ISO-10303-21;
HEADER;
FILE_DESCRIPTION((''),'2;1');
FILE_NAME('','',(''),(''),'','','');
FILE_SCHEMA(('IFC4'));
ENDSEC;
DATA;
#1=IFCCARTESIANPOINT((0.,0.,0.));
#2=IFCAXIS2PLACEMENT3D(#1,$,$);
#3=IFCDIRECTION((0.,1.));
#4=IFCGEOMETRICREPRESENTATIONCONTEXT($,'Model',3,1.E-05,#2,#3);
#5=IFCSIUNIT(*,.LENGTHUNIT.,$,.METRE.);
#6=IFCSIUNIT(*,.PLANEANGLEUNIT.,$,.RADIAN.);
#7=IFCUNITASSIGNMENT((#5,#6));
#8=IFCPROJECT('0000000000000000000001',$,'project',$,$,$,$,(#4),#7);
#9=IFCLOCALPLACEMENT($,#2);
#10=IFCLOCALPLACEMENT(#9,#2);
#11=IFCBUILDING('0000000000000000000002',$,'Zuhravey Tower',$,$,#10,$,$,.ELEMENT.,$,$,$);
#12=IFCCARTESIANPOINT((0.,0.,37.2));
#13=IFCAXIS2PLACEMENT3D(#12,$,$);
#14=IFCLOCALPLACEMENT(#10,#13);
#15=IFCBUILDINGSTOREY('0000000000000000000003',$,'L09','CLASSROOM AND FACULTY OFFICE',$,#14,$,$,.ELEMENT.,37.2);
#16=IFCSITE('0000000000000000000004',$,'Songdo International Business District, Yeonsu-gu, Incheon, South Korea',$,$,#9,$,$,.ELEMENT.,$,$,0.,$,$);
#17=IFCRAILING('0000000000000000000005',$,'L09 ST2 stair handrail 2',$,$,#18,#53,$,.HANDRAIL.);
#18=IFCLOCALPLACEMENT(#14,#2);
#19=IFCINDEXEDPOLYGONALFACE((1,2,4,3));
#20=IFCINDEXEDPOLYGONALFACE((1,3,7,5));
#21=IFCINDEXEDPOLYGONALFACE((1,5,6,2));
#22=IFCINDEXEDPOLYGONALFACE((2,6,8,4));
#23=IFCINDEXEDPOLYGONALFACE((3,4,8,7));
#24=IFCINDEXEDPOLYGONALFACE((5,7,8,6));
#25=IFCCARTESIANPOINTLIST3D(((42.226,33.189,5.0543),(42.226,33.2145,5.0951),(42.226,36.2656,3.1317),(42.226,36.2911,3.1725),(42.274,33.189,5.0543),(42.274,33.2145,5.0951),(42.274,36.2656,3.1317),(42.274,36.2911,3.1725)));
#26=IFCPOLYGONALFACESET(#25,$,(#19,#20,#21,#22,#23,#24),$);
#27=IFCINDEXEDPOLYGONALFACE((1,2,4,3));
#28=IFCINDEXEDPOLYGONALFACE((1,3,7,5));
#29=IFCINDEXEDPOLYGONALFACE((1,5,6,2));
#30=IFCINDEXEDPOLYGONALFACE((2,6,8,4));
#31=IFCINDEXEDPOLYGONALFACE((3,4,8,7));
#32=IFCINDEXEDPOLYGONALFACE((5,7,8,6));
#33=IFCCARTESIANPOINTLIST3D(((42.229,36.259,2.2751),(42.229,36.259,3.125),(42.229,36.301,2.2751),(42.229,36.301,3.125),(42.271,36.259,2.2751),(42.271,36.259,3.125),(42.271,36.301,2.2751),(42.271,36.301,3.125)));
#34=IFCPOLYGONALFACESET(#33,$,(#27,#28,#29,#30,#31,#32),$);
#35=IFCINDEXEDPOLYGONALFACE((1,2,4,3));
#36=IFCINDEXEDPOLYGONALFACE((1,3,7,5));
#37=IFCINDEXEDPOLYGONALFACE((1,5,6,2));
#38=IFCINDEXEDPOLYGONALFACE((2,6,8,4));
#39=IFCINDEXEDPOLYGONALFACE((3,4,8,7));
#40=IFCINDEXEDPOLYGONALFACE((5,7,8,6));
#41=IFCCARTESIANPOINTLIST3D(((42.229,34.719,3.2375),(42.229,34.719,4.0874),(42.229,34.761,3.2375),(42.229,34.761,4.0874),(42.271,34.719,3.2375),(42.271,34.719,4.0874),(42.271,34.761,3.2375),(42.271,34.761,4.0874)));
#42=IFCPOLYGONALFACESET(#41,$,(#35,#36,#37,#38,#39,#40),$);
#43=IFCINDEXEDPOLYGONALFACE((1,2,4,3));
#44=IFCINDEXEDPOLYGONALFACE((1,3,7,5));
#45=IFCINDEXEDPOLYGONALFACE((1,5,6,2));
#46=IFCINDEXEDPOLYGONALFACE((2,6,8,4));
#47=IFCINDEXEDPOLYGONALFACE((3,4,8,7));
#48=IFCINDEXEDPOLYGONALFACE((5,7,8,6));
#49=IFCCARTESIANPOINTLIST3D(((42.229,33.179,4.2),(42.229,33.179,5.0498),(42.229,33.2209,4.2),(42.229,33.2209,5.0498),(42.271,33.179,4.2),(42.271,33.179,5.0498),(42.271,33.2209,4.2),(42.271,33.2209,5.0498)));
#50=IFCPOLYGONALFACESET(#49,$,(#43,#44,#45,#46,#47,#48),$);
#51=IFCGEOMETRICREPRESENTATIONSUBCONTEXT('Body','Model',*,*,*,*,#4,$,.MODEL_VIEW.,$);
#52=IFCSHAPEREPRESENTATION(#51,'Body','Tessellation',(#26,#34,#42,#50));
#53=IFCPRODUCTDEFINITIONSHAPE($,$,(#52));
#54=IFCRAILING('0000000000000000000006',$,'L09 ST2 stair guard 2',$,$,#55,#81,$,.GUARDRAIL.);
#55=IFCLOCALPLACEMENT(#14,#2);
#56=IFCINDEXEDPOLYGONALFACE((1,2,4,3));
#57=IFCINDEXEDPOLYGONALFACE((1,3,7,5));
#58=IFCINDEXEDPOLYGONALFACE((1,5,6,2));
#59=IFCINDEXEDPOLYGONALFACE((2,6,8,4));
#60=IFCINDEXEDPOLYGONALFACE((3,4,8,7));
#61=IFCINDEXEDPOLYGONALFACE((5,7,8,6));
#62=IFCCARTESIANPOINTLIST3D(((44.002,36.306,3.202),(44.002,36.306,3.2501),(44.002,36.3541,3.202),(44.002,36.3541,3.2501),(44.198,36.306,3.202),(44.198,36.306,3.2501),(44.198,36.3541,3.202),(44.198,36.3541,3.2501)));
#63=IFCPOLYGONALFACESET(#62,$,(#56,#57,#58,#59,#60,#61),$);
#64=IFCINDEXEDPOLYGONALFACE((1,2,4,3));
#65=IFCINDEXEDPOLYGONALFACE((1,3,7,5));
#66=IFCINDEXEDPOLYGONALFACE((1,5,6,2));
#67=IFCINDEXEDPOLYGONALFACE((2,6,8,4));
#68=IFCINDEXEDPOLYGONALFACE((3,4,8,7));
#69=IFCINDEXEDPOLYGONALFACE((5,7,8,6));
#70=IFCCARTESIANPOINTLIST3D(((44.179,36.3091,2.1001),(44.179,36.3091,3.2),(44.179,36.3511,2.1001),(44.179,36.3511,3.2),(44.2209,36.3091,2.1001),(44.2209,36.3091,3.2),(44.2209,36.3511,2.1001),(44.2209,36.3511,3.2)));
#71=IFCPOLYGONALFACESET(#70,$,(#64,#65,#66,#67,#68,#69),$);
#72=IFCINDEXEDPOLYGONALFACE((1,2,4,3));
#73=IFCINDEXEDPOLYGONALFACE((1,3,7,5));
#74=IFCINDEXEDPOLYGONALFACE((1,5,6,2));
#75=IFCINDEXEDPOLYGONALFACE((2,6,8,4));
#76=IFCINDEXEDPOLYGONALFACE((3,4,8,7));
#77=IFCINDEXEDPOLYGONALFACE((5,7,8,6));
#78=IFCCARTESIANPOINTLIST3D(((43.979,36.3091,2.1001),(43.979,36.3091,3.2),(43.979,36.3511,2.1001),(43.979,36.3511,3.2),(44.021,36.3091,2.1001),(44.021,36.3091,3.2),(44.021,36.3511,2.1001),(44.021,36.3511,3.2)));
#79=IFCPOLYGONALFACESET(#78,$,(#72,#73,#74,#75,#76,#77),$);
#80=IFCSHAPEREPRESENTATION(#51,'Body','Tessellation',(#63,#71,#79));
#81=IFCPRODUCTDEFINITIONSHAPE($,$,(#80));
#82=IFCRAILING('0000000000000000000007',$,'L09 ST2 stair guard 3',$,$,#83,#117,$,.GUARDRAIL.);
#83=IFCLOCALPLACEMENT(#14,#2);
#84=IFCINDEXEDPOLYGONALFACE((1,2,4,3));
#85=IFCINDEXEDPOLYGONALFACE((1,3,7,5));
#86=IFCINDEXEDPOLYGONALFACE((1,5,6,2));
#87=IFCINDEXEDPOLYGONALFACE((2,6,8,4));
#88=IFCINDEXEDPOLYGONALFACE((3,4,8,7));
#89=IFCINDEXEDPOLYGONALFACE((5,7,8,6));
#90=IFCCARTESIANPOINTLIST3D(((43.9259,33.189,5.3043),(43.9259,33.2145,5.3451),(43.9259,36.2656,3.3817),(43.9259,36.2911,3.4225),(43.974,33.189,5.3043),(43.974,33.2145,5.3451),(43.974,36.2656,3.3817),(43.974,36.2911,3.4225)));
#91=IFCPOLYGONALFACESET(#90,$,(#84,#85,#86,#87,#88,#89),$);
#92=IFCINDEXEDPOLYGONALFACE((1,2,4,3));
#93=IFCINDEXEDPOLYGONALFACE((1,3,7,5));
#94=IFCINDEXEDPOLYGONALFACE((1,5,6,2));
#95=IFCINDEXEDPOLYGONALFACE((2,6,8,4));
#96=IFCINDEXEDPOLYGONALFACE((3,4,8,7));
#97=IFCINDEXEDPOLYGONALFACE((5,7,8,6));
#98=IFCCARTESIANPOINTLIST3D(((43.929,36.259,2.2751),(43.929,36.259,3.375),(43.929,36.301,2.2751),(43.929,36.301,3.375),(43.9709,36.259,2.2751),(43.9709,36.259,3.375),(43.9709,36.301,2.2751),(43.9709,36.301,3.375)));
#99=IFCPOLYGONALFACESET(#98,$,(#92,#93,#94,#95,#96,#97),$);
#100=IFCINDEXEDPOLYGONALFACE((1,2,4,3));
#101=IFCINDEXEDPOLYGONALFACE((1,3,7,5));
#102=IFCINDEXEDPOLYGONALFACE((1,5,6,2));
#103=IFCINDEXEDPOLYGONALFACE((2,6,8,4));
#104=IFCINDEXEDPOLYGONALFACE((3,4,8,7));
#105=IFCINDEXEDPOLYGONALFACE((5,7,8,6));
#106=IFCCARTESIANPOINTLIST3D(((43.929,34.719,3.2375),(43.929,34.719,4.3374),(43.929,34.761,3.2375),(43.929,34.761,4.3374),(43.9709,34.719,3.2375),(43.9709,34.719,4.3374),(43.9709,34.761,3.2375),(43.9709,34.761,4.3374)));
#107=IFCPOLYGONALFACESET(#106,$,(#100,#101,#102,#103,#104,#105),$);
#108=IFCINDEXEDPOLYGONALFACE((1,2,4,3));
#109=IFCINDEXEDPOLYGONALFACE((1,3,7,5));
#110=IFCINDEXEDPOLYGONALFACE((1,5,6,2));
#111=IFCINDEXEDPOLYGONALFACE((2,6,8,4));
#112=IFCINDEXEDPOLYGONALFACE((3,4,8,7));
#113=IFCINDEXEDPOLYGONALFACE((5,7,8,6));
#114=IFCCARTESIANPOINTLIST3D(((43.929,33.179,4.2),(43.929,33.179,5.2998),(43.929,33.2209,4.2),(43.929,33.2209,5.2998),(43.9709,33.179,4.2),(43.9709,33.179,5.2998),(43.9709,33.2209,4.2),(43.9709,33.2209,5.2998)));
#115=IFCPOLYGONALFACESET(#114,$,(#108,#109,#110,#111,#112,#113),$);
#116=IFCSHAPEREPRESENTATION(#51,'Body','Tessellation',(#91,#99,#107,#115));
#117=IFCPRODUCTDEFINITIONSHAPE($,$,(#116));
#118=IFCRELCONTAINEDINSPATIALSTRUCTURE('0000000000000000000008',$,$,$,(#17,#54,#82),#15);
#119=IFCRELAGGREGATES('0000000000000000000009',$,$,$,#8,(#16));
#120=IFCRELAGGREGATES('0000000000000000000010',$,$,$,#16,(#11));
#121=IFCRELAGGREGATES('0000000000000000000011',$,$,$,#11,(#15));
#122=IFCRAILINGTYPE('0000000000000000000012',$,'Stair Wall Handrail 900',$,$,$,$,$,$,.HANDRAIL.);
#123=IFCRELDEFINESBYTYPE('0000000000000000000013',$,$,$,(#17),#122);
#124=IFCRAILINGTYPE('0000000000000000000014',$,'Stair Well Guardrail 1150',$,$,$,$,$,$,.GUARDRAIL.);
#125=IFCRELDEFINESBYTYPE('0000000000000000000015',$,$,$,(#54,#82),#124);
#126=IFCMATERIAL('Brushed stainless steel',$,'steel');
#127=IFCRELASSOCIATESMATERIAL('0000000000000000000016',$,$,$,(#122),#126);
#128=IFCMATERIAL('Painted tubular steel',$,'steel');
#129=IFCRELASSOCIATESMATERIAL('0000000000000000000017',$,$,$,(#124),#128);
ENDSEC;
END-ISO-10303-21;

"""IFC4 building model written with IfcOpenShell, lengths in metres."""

from ifc_helpers import new_model, si_unit, direction, frame, origin, origin_2d, place, context, subcontext, project, spatial, rectangle, extrude, material, type_object, element, save


model = new_model("IFC4")

# Units and contexts
model_context = context("Model", 3, precision=1e-05, world=origin(), true_north=direction((0.0, 1.0)))
body_context = subcontext(model_context, "Body", "Model", "MODEL_VIEW")
ifc_project = project(units=[si_unit("LENGTHUNIT", "METRE"), si_unit("PLANEANGLEUNIT", "RADIAN")], contexts=[model_context])

# Site, building, storey
site_placement = place(None, origin())
site = spatial("IfcSite", under=ifc_project, at=site_placement, Name="Songdo International Business District, Yeonsu-gu, Incheon, South Korea", CompositionType="ELEMENT", RefElevation=0.0)
building_placement = place(site_placement, origin())
building = spatial("IfcBuilding", under=site, at=building_placement, Name="Zuhravey Tower", CompositionType="ELEMENT")
storey_placement = place(building_placement, frame((0.0, 0.0, 37.2)))
storey = spatial("IfcBuildingStorey", under=building, at=storey_placement, Name="L09", Description="CLASSROOM AND FACULTY OFFICE", CompositionType="ELEMENT", Elevation=37.2)

# Railings
ifc_material_1 = material(Name="Brushed stainless steel", Category="steel")
railing_type_1 = type_object("IfcRailingType", Name="Stair Wall Handrail 900", PredefinedType="HANDRAIL", material=ifc_material_1)
railing_1_placement = place(storey_placement, frame((42.25, 36.28, 2.2751)))
element("IfcRailing", 1, at=railing_1_placement, inside=storey, type_object=railing_type_1, Name="L09 ST2 stair handrail 2", PredefinedType="HANDRAIL", context=body_context, shape_type="SweptSolid", body=[
    extrude(rectangle(XDim=0.0481, YDim=0.0481, at=origin_2d()), frame((0.0, -0.0017, 0.877), z_axis=(0.0, -0.848029, 0.529951), x_axis=(1.0, 0.0, 0.0)), (0.0, 0.0, 1.0), 3.6279),
    extrude(rectangle(XDim=0.042, YDim=0.042, at=origin_2d()), origin(), (0.0, 0.0, 1.0), 0.8499),
    extrude(rectangle(XDim=0.042, YDim=0.042, at=origin_2d()), frame((0.0, -1.54, 0.9624)), (0.0, 0.0, 1.0), 0.8499),
    extrude(rectangle(XDim=0.042, YDim=0.042, at=origin_2d()), frame((0.0, -3.0801, 1.9248)), (0.0, 0.0, 1.0), 0.8499),
])
ifc_material_2 = material(Name="Painted tubular steel", Category="steel")
railing_type_2 = type_object("IfcRailingType", Name="Stair Well Guardrail 1150", PredefinedType="GUARDRAIL", material=ifc_material_2)
railing_2_placement = place(storey_placement, frame((44.2, 36.3301, 2.1001)))
element("IfcRailing", 2, at=railing_2_placement, inside=storey, type_object=railing_type_2, Name="L09 ST2 stair guard 2", PredefinedType="GUARDRAIL", context=body_context, shape_type="SweptSolid", body=[
    extrude(rectangle(XDim=0.0481, YDim=0.0481, at=origin_2d()), frame((-0.002, 0.0, 1.126), z_axis=(-1.0, 0.0, 0.0), x_axis=(0.0, -1.0, 0.0)), (0.0, 0.0, 1.0), 0.196),
    extrude(rectangle(XDim=0.042, YDim=0.042, at=origin_2d()), origin(), (0.0, 0.0, 1.0), 1.0999),
    extrude(rectangle(XDim=0.042, YDim=0.042, at=origin_2d()), frame((-0.2, 0.0, 0.0)), (0.0, 0.0, 1.0), 1.0999),
])
railing_3_placement = place(storey_placement, frame((43.95, 36.28, 2.2751)))
element("IfcRailing", 3, at=railing_3_placement, inside=storey, type_object=railing_type_2, Name="L09 ST2 stair guard 3", PredefinedType="GUARDRAIL", context=body_context, shape_type="SweptSolid", body=[
    extrude(rectangle(XDim=0.0481, YDim=0.0481, at=origin_2d()), frame((0.0, -0.0017, 1.127), z_axis=(0.0, -0.848029, 0.529951), x_axis=(1.0, 0.0, 0.0)), (0.0, 0.0, 1.0), 3.6279),
    extrude(rectangle(XDim=0.042, YDim=0.042, at=origin_2d()), origin(), (0.0, 0.0, 1.0), 1.0999),
    extrude(rectangle(XDim=0.042, YDim=0.042, at=origin_2d()), frame((0.0, -1.54, 0.9624)), (0.0, 0.0, 1.0), 1.0999),
    extrude(rectangle(XDim=0.042, YDim=0.042, at=origin_2d()), frame((0.0, -3.0801, 1.9248)), (0.0, 0.0, 1.0), 1.0999),
])

save(model, "model.ifc")
